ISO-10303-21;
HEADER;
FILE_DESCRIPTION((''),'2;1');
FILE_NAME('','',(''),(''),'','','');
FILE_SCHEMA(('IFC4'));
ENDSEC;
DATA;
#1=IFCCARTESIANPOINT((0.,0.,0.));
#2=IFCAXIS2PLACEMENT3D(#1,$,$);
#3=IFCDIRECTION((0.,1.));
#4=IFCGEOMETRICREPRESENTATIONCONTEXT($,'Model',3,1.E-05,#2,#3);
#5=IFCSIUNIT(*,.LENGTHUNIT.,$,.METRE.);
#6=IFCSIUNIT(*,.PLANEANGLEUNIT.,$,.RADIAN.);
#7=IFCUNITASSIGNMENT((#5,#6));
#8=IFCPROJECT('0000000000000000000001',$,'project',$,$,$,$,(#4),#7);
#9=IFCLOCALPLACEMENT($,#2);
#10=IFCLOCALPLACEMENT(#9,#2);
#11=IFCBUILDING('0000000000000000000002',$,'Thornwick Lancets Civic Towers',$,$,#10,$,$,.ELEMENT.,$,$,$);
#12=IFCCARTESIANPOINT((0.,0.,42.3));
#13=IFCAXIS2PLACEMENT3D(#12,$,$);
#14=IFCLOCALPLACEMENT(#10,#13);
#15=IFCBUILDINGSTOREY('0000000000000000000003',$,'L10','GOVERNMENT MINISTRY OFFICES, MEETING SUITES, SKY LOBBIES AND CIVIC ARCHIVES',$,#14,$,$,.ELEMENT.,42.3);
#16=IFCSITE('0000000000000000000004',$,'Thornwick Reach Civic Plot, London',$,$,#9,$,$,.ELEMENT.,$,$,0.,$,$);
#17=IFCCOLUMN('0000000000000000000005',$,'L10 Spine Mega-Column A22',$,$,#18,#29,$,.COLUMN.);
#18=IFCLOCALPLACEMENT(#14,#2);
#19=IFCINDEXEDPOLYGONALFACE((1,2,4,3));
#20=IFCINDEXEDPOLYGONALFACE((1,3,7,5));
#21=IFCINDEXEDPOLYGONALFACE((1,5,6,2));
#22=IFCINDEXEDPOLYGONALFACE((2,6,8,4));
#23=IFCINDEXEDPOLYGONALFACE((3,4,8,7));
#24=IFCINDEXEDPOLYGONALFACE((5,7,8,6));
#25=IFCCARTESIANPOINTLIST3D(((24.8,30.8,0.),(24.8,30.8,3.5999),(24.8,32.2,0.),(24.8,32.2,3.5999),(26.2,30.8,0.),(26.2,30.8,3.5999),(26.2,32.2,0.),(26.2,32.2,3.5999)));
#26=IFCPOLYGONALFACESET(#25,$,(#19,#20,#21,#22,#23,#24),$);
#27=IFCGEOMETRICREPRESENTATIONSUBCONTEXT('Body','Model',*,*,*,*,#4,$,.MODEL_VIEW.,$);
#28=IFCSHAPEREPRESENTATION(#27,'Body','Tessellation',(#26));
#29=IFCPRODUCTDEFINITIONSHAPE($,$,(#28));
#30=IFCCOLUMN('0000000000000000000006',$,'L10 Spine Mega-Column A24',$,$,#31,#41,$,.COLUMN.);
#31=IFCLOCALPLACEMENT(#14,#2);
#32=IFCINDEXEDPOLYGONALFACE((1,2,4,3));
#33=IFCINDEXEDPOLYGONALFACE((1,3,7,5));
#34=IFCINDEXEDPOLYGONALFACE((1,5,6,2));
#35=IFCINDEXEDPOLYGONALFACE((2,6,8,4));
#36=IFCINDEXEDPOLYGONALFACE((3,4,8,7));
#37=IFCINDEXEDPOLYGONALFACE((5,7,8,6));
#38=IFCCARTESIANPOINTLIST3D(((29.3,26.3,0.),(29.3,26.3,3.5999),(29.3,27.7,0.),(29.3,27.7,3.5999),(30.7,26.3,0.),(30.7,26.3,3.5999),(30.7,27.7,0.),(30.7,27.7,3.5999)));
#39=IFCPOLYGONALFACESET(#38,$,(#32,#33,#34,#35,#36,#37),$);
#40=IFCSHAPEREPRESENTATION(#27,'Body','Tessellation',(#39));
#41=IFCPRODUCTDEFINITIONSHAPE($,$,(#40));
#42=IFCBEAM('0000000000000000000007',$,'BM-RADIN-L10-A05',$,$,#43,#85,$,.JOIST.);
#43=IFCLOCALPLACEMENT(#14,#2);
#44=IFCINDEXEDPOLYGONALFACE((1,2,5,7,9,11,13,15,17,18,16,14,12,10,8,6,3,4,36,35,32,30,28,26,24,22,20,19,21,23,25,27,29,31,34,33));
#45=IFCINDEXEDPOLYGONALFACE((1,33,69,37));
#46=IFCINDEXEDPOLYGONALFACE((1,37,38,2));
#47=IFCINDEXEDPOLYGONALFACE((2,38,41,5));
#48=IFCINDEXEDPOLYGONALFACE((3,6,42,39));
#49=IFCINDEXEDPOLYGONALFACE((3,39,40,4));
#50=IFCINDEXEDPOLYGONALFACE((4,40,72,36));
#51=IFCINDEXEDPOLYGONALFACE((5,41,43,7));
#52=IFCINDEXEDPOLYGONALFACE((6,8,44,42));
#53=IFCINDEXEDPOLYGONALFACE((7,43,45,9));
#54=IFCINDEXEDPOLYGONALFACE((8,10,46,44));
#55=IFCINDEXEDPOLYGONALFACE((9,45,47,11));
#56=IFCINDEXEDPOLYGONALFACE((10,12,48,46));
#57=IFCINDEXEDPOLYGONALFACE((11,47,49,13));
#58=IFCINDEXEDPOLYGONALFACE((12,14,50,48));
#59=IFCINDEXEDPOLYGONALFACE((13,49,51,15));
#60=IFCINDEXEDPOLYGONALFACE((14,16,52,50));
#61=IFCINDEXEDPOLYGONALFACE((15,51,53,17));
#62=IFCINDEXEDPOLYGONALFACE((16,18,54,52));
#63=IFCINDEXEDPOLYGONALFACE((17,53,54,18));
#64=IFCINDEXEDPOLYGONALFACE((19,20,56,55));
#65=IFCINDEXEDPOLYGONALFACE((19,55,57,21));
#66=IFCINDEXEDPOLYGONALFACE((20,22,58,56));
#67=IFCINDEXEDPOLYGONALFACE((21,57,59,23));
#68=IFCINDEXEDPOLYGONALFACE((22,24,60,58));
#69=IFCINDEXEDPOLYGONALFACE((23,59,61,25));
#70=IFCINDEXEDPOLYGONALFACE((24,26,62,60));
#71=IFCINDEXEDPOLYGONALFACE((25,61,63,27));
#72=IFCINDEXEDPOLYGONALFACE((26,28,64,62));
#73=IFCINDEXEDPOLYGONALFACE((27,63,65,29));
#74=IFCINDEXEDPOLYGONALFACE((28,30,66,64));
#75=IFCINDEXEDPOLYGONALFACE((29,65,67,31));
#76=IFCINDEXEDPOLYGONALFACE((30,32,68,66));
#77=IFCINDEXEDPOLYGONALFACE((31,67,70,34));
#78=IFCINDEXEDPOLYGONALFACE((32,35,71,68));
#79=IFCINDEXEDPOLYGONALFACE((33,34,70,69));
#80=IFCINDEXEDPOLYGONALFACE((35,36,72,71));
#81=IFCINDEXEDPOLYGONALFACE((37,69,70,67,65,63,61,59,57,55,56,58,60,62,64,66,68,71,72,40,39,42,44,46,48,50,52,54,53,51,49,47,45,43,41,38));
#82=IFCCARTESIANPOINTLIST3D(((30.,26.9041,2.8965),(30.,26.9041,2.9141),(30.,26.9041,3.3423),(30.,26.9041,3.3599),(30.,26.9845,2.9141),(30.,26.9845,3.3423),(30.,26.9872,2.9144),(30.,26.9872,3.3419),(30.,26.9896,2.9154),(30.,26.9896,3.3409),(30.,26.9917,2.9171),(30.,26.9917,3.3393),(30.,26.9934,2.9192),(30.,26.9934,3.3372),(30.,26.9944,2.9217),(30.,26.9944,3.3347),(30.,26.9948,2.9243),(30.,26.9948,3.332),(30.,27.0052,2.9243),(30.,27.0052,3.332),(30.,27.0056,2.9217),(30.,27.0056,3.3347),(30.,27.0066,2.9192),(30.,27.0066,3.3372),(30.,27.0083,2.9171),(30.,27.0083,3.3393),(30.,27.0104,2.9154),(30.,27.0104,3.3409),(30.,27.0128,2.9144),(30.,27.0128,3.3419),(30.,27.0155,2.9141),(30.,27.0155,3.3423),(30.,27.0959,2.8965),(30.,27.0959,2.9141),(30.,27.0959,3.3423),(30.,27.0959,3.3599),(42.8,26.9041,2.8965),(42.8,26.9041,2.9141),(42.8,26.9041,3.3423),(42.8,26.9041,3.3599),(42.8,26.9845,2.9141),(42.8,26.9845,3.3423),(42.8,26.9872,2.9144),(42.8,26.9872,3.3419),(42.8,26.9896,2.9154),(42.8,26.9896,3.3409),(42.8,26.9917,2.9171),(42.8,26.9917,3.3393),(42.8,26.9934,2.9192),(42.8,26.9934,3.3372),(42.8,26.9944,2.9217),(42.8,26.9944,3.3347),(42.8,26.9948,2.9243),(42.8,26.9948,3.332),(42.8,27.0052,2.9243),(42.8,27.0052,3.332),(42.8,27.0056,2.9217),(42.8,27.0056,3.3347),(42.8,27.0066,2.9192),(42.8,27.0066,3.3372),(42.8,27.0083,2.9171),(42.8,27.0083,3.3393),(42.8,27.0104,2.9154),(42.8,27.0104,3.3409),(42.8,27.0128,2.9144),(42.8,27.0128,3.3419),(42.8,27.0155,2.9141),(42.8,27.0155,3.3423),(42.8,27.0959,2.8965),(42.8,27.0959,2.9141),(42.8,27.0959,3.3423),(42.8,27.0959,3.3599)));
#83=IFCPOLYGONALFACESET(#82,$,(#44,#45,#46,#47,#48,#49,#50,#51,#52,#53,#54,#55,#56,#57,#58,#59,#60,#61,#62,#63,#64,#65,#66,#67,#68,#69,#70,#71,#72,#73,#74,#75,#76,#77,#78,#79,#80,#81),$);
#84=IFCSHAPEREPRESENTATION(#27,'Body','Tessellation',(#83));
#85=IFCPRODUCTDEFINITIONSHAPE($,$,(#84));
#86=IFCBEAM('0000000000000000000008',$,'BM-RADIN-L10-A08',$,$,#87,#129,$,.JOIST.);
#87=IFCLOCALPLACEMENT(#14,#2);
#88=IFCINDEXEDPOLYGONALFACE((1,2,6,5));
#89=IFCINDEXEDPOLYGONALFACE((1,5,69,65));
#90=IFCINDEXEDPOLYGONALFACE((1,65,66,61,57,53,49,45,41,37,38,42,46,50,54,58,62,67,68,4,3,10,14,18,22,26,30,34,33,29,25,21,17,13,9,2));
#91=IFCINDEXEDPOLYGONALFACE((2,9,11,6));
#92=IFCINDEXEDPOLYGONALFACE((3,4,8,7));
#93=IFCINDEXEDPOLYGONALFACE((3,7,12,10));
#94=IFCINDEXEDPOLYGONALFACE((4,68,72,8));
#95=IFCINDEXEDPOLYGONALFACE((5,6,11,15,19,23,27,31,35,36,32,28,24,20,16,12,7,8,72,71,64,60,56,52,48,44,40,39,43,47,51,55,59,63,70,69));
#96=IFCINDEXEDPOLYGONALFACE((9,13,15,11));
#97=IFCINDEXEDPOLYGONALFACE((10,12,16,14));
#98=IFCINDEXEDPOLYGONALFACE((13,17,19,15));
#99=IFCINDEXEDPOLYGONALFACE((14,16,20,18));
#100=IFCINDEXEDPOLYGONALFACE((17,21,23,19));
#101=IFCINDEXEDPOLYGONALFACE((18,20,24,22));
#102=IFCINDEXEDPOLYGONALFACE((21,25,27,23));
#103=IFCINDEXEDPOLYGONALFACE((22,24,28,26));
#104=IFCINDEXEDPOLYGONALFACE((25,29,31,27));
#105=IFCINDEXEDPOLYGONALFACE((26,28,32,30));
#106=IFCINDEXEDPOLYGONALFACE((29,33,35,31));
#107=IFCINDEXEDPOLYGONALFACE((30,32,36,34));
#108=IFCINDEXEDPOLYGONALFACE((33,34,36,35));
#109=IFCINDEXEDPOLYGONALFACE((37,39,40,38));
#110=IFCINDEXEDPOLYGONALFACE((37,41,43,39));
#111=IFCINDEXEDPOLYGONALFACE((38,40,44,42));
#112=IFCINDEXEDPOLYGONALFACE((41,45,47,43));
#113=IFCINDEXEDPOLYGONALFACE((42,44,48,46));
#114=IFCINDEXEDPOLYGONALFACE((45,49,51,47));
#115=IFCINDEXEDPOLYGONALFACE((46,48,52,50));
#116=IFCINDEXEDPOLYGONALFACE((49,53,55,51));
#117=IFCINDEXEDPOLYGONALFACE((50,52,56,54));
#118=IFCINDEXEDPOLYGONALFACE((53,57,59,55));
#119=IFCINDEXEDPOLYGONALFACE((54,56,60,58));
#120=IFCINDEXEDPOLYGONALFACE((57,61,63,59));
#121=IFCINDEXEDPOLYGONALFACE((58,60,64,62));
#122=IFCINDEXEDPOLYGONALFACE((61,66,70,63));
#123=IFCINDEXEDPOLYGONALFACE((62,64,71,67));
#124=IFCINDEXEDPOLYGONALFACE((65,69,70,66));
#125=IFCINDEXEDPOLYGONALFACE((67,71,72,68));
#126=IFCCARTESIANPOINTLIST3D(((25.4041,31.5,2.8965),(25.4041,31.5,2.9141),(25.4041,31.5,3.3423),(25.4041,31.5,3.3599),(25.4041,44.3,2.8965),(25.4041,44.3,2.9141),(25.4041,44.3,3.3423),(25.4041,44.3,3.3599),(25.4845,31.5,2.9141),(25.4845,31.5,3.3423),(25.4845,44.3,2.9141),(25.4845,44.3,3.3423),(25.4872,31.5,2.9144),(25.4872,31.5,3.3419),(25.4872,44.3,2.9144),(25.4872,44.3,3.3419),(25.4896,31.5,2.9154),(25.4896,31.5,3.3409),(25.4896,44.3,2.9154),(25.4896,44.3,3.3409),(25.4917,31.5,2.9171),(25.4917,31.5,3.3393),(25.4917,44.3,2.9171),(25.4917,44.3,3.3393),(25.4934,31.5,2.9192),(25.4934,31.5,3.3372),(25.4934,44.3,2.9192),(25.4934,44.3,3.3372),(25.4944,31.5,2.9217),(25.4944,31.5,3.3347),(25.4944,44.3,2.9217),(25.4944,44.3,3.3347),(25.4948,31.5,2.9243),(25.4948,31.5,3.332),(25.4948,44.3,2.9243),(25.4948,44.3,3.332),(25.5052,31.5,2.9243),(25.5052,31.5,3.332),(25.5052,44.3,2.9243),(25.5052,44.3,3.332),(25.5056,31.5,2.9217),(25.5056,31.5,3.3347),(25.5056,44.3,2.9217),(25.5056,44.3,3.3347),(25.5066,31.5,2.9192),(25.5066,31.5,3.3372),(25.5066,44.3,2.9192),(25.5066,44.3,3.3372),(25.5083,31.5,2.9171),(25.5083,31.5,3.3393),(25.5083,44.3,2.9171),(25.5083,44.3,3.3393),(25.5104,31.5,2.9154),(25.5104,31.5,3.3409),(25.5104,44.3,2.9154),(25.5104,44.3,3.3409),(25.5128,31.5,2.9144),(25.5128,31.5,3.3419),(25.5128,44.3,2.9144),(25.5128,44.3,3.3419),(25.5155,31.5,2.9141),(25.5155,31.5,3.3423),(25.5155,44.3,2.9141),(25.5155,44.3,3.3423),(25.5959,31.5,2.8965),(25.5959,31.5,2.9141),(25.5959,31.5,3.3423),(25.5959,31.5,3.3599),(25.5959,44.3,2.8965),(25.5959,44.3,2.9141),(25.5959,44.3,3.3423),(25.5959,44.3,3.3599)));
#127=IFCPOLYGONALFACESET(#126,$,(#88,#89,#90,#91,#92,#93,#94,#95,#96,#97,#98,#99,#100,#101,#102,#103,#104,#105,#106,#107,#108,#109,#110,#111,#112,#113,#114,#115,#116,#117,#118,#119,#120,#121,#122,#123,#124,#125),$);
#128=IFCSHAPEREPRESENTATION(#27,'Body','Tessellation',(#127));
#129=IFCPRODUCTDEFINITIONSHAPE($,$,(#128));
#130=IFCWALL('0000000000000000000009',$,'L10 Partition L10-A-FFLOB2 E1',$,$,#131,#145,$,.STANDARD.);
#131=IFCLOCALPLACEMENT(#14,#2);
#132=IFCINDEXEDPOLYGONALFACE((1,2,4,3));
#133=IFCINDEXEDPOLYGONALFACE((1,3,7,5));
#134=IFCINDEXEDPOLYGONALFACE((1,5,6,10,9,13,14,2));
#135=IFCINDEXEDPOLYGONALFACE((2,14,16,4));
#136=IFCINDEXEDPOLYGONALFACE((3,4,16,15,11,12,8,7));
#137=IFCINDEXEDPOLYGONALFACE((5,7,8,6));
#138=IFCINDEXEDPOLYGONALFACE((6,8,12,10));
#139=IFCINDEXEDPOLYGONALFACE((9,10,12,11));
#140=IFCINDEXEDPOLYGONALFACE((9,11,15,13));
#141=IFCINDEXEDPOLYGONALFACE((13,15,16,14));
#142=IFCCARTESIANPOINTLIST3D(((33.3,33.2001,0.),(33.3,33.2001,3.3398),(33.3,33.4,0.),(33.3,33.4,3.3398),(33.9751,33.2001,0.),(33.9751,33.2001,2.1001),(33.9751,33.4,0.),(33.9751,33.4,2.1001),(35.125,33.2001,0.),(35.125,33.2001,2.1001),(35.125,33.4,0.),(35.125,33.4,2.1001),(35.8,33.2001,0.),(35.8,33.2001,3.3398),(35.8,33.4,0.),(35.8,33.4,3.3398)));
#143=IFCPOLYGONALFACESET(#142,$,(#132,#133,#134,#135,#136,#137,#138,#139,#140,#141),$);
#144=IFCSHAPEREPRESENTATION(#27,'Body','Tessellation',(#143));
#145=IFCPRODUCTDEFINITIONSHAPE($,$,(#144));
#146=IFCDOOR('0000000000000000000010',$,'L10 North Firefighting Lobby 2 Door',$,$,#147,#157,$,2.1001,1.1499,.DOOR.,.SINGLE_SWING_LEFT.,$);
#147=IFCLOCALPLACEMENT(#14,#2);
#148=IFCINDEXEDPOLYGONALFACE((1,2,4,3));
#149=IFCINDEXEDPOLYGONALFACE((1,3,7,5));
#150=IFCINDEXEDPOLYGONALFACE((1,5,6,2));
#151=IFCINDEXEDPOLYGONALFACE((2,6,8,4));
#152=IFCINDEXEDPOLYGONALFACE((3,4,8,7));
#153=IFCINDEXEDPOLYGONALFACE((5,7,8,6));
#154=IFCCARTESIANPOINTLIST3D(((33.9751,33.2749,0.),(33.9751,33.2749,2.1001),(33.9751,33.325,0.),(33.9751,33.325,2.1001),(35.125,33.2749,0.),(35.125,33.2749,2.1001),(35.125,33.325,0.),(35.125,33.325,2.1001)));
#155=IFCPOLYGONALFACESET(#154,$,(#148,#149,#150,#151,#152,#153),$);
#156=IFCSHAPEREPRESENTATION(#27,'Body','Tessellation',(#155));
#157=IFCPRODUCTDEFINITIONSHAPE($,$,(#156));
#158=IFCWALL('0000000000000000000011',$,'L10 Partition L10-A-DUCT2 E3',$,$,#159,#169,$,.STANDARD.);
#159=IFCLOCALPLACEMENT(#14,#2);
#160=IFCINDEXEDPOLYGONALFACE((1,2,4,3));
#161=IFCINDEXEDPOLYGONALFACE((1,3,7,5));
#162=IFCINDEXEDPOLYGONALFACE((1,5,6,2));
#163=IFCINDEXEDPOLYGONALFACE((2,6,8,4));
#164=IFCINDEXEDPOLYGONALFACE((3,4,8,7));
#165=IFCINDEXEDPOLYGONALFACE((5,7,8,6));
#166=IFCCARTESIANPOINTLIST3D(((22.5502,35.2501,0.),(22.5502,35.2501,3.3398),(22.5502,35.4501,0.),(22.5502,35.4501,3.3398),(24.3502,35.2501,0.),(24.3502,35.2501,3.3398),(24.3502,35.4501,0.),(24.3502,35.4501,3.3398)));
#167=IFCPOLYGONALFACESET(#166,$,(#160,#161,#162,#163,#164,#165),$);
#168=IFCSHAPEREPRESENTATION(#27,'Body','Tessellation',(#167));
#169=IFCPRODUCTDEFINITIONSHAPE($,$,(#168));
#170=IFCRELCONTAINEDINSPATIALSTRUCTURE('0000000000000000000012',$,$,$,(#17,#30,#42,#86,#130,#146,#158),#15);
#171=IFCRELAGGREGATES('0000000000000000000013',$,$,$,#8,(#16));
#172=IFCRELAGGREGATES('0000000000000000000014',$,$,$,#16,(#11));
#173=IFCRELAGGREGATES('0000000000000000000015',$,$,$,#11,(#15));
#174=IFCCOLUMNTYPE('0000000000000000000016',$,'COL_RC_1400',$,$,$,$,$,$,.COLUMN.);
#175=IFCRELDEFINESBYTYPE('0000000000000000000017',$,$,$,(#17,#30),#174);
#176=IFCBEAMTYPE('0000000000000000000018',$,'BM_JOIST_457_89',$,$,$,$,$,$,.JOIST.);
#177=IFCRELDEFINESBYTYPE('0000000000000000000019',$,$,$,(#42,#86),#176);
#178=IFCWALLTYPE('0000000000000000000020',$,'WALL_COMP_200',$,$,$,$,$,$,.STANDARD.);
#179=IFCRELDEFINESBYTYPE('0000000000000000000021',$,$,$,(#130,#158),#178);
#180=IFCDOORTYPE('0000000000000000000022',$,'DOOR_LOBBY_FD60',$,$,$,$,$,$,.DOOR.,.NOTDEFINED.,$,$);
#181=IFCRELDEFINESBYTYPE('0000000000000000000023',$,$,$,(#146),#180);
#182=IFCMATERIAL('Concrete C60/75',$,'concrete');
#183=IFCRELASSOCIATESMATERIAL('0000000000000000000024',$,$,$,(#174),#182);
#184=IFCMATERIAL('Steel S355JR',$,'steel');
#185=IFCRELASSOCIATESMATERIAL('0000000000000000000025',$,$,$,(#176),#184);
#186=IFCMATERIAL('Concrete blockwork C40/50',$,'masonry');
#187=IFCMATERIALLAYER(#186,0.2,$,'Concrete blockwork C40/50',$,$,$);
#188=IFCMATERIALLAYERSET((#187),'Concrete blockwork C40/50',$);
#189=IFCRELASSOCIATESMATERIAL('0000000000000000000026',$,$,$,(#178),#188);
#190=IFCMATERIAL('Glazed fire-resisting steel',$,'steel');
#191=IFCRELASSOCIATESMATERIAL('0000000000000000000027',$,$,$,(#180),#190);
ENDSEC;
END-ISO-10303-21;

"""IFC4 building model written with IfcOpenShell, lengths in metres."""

from ifc_helpers import new_model, si_unit, direction, frame, frame_2d, origin, origin_2d, place, context, subcontext, project, spatial, rectangle, i_section, extrude, material, layer, layer_set, material_profile, profile_set, type_object, element, fill, save


model = new_model("IFC4")

# Units and contexts
model_context = context("Model", 3, precision=1e-05, world=origin(), true_north=direction((0.0, 1.0)))
body_context = subcontext(model_context, "Body", "Model", "MODEL_VIEW")
ifc_project = project(units=[si_unit("LENGTHUNIT", "METRE"), si_unit("PLANEANGLEUNIT", "RADIAN")], contexts=[model_context])

# Site, building, storey
site_placement = place(None, origin())
site = spatial("IfcSite", under=ifc_project, at=site_placement, Name="Thornwick Reach Civic Plot, London", CompositionType="ELEMENT", RefElevation=0.0)
building_placement = place(site_placement, origin())
building = spatial("IfcBuilding", under=site, at=building_placement, Name="Thornwick Lancets Civic Towers", CompositionType="ELEMENT")
storey_placement = place(building_placement, frame((0.0, 0.0, 42.3)))
storey = spatial("IfcBuildingStorey", under=building, at=storey_placement, Name="L10", Description="GOVERNMENT MINISTRY OFFICES, MEETING SUITES, SKY LOBBIES AND CIVIC ARCHIVES", CompositionType="ELEMENT", Elevation=42.3)

# Columns
ifc_material_1 = material(Name="Concrete C60/75", Category="concrete")
ifc_material_profile_1 = material_profile(ifc_material_1, rectangle(XDim=1.3999, YDim=1.3999, at=origin_2d()), Name="RC 1400x1400")
ifc_profile_set_1 = profile_set([ifc_material_profile_1], Name="Concrete C60/75")
column_type = type_object("IfcColumnType", Name="COL_RC_1400", PredefinedType="COLUMN", material=ifc_profile_set_1)
for number, where, z_axis, x_axis, name in (
    (1, (25.5, 31.5, 0.0), (0.0, 0.0, 1.0), (1.0, 0.0, 0.0), "L10 Spine Mega-Column A22"),
    (2, (30.0, 27.0, 0.0), (0.0, 0.0, 1.0), (1.0, 0.0, 0.0), "L10 Spine Mega-Column A24"),
):
    element("IfcColumn", number, at=place(storey_placement, frame(where, z_axis=z_axis, x_axis=x_axis)), inside=storey, type_object=column_type, Name=name, PredefinedType="COLUMN", context=body_context, shape_type="SweptSolid", body=[
        extrude(rectangle(XDim=1.3999, YDim=1.3999, at=origin_2d()), origin(), (0.0, 0.0, 1.0), 3.5999),
    ])

# Beams
ifc_material_2 = material(Name="Steel S355JR", Category="steel")
ifc_material_profile_2 = material_profile(ifc_material_2, i_section(OverallWidth=0.1919, OverallDepth=0.4634, WebThickness=0.0105, FlangeThickness=0.0176, FilletRadius=0.0103, at=origin_2d()), Name="UKB 457x191x89")
ifc_profile_set_2 = profile_set([ifc_material_profile_2], Name="Steel S355JR")
beam_type = type_object("IfcBeamType", Name="BM_JOIST_457_89", PredefinedType="JOIST", material=ifc_profile_set_2)
for number, where, z_axis, x_axis, name in (
    (3, (30.0, 27.0, 3.1282), (1.0, 0.0, 0.0), (0.0, 1.0, 0.0), "BM-RADIN-L10-A05"),
    (4, (25.5, 31.5, 3.1282), (0.0, 1.0, 0.0), (-1.0, 0.0, 0.0), "BM-RADIN-L10-A08"),
):
    element("IfcBeam", number, at=place(storey_placement, frame(where, z_axis=z_axis, x_axis=x_axis)), inside=storey, type_object=beam_type, Name=name, PredefinedType="JOIST", context=body_context, shape_type="SweptSolid", body=[
        extrude(i_section(OverallWidth=0.1919, OverallDepth=0.4634, WebThickness=0.0105, FlangeThickness=0.0176, FilletRadius=0.0103, at=origin_2d()), origin(), (0.0, 0.0, 1.0), 12.8),
    ])

# Wall, opening, door
ifc_material_3 = material(Name="Concrete blockwork C40/50", Category="masonry")
ifc_layer_1 = layer(ifc_material_3, 0.2, Name="Concrete blockwork C40/50")
ifc_layer_set_1 = layer_set([ifc_layer_1], Name="Concrete blockwork C40/50")
wall_type_1 = type_object("IfcWallType", Name="WALL_COMP_200", PredefinedType="STANDARD", material=ifc_layer_set_1)
wall_1_placement = place(storey_placement, frame((33.3, 33.3, 0.0), z_axis=(0.0, 0.0, 1.0), x_axis=(1.0, 0.0, 0.0)))
wall_1 = element("IfcWall", 5, at=wall_1_placement, inside=storey, type_object=wall_type_1, Name="L10 Partition L10-A-FFLOB2 E1", PredefinedType="STANDARD", context=body_context, shape_type="SweptSolid", body=[
    extrude(rectangle(XDim=2.5, YDim=0.2, at=frame_2d((1.25, 0.0))), origin(), (0.0, 0.0, 1.0), 3.3398),
])
opening_1_placement = place(wall_1_placement, frame((0.675, 0.0, 0.0)))
opening_1 = element("IfcOpeningElement", 6, at=opening_1_placement, cuts=wall_1, PredefinedType="OPENING", context=body_context, shape_type="SweptSolid", body=[
    extrude(rectangle(XDim=1.1499, YDim=2.1001, at=frame_2d((0.575, 1.05))), frame((0.0, 0.1099, 0.0), z_axis=(0.0, -1.0, 0.0), x_axis=(1.0, 0.0, 0.0)), (0.0, 0.0, 1.0), 0.22),
])
ifc_material_4 = material(Name="Glazed fire-resisting steel", Category="steel")
door_type_1 = type_object("IfcDoorType", Name="DOOR_LOBBY_FD60", OperationType="NOTDEFINED", PredefinedType="DOOR", material=ifc_material_4)
door_1_placement = place(opening_1_placement, origin())
door_1 = element("IfcDoor", 7, at=door_1_placement, inside=storey, type_object=door_type_1, Name="L10 North Firefighting Lobby 2 Door", OperationType="SINGLE_SWING_LEFT", OverallHeight=2.1001, OverallWidth=1.1499, PredefinedType="DOOR", context=body_context, shape_type="SweptSolid", body=[
    extrude(rectangle(XDim=1.1499, YDim=2.1001, at=frame_2d((0.575, 1.05))), frame((0.0, 0.0249, 0.0), z_axis=(0.0, -1.0, 0.0), x_axis=(1.0, 0.0, 0.0)), (0.0, 0.0, 1.0), 0.05),
])
fill(opening_1, door_1)

# Wall
wall_2_placement = place(storey_placement, frame((24.3501, 35.3501, 0.0), z_axis=(0.0, 0.0, 1.0), x_axis=(-1.0, 0.0, 0.0)))
element("IfcWall", 8, at=wall_2_placement, inside=storey, type_object=wall_type_1, Name="L10 Partition L10-A-DUCT2 E3", PredefinedType="STANDARD", context=body_context, shape_type="SweptSolid", body=[
    extrude(rectangle(XDim=1.8, YDim=0.2, at=frame_2d((0.8999, 0.0))), origin(), (0.0, 0.0, 1.0), 3.3398),
])

save(model, "model.ifc")
